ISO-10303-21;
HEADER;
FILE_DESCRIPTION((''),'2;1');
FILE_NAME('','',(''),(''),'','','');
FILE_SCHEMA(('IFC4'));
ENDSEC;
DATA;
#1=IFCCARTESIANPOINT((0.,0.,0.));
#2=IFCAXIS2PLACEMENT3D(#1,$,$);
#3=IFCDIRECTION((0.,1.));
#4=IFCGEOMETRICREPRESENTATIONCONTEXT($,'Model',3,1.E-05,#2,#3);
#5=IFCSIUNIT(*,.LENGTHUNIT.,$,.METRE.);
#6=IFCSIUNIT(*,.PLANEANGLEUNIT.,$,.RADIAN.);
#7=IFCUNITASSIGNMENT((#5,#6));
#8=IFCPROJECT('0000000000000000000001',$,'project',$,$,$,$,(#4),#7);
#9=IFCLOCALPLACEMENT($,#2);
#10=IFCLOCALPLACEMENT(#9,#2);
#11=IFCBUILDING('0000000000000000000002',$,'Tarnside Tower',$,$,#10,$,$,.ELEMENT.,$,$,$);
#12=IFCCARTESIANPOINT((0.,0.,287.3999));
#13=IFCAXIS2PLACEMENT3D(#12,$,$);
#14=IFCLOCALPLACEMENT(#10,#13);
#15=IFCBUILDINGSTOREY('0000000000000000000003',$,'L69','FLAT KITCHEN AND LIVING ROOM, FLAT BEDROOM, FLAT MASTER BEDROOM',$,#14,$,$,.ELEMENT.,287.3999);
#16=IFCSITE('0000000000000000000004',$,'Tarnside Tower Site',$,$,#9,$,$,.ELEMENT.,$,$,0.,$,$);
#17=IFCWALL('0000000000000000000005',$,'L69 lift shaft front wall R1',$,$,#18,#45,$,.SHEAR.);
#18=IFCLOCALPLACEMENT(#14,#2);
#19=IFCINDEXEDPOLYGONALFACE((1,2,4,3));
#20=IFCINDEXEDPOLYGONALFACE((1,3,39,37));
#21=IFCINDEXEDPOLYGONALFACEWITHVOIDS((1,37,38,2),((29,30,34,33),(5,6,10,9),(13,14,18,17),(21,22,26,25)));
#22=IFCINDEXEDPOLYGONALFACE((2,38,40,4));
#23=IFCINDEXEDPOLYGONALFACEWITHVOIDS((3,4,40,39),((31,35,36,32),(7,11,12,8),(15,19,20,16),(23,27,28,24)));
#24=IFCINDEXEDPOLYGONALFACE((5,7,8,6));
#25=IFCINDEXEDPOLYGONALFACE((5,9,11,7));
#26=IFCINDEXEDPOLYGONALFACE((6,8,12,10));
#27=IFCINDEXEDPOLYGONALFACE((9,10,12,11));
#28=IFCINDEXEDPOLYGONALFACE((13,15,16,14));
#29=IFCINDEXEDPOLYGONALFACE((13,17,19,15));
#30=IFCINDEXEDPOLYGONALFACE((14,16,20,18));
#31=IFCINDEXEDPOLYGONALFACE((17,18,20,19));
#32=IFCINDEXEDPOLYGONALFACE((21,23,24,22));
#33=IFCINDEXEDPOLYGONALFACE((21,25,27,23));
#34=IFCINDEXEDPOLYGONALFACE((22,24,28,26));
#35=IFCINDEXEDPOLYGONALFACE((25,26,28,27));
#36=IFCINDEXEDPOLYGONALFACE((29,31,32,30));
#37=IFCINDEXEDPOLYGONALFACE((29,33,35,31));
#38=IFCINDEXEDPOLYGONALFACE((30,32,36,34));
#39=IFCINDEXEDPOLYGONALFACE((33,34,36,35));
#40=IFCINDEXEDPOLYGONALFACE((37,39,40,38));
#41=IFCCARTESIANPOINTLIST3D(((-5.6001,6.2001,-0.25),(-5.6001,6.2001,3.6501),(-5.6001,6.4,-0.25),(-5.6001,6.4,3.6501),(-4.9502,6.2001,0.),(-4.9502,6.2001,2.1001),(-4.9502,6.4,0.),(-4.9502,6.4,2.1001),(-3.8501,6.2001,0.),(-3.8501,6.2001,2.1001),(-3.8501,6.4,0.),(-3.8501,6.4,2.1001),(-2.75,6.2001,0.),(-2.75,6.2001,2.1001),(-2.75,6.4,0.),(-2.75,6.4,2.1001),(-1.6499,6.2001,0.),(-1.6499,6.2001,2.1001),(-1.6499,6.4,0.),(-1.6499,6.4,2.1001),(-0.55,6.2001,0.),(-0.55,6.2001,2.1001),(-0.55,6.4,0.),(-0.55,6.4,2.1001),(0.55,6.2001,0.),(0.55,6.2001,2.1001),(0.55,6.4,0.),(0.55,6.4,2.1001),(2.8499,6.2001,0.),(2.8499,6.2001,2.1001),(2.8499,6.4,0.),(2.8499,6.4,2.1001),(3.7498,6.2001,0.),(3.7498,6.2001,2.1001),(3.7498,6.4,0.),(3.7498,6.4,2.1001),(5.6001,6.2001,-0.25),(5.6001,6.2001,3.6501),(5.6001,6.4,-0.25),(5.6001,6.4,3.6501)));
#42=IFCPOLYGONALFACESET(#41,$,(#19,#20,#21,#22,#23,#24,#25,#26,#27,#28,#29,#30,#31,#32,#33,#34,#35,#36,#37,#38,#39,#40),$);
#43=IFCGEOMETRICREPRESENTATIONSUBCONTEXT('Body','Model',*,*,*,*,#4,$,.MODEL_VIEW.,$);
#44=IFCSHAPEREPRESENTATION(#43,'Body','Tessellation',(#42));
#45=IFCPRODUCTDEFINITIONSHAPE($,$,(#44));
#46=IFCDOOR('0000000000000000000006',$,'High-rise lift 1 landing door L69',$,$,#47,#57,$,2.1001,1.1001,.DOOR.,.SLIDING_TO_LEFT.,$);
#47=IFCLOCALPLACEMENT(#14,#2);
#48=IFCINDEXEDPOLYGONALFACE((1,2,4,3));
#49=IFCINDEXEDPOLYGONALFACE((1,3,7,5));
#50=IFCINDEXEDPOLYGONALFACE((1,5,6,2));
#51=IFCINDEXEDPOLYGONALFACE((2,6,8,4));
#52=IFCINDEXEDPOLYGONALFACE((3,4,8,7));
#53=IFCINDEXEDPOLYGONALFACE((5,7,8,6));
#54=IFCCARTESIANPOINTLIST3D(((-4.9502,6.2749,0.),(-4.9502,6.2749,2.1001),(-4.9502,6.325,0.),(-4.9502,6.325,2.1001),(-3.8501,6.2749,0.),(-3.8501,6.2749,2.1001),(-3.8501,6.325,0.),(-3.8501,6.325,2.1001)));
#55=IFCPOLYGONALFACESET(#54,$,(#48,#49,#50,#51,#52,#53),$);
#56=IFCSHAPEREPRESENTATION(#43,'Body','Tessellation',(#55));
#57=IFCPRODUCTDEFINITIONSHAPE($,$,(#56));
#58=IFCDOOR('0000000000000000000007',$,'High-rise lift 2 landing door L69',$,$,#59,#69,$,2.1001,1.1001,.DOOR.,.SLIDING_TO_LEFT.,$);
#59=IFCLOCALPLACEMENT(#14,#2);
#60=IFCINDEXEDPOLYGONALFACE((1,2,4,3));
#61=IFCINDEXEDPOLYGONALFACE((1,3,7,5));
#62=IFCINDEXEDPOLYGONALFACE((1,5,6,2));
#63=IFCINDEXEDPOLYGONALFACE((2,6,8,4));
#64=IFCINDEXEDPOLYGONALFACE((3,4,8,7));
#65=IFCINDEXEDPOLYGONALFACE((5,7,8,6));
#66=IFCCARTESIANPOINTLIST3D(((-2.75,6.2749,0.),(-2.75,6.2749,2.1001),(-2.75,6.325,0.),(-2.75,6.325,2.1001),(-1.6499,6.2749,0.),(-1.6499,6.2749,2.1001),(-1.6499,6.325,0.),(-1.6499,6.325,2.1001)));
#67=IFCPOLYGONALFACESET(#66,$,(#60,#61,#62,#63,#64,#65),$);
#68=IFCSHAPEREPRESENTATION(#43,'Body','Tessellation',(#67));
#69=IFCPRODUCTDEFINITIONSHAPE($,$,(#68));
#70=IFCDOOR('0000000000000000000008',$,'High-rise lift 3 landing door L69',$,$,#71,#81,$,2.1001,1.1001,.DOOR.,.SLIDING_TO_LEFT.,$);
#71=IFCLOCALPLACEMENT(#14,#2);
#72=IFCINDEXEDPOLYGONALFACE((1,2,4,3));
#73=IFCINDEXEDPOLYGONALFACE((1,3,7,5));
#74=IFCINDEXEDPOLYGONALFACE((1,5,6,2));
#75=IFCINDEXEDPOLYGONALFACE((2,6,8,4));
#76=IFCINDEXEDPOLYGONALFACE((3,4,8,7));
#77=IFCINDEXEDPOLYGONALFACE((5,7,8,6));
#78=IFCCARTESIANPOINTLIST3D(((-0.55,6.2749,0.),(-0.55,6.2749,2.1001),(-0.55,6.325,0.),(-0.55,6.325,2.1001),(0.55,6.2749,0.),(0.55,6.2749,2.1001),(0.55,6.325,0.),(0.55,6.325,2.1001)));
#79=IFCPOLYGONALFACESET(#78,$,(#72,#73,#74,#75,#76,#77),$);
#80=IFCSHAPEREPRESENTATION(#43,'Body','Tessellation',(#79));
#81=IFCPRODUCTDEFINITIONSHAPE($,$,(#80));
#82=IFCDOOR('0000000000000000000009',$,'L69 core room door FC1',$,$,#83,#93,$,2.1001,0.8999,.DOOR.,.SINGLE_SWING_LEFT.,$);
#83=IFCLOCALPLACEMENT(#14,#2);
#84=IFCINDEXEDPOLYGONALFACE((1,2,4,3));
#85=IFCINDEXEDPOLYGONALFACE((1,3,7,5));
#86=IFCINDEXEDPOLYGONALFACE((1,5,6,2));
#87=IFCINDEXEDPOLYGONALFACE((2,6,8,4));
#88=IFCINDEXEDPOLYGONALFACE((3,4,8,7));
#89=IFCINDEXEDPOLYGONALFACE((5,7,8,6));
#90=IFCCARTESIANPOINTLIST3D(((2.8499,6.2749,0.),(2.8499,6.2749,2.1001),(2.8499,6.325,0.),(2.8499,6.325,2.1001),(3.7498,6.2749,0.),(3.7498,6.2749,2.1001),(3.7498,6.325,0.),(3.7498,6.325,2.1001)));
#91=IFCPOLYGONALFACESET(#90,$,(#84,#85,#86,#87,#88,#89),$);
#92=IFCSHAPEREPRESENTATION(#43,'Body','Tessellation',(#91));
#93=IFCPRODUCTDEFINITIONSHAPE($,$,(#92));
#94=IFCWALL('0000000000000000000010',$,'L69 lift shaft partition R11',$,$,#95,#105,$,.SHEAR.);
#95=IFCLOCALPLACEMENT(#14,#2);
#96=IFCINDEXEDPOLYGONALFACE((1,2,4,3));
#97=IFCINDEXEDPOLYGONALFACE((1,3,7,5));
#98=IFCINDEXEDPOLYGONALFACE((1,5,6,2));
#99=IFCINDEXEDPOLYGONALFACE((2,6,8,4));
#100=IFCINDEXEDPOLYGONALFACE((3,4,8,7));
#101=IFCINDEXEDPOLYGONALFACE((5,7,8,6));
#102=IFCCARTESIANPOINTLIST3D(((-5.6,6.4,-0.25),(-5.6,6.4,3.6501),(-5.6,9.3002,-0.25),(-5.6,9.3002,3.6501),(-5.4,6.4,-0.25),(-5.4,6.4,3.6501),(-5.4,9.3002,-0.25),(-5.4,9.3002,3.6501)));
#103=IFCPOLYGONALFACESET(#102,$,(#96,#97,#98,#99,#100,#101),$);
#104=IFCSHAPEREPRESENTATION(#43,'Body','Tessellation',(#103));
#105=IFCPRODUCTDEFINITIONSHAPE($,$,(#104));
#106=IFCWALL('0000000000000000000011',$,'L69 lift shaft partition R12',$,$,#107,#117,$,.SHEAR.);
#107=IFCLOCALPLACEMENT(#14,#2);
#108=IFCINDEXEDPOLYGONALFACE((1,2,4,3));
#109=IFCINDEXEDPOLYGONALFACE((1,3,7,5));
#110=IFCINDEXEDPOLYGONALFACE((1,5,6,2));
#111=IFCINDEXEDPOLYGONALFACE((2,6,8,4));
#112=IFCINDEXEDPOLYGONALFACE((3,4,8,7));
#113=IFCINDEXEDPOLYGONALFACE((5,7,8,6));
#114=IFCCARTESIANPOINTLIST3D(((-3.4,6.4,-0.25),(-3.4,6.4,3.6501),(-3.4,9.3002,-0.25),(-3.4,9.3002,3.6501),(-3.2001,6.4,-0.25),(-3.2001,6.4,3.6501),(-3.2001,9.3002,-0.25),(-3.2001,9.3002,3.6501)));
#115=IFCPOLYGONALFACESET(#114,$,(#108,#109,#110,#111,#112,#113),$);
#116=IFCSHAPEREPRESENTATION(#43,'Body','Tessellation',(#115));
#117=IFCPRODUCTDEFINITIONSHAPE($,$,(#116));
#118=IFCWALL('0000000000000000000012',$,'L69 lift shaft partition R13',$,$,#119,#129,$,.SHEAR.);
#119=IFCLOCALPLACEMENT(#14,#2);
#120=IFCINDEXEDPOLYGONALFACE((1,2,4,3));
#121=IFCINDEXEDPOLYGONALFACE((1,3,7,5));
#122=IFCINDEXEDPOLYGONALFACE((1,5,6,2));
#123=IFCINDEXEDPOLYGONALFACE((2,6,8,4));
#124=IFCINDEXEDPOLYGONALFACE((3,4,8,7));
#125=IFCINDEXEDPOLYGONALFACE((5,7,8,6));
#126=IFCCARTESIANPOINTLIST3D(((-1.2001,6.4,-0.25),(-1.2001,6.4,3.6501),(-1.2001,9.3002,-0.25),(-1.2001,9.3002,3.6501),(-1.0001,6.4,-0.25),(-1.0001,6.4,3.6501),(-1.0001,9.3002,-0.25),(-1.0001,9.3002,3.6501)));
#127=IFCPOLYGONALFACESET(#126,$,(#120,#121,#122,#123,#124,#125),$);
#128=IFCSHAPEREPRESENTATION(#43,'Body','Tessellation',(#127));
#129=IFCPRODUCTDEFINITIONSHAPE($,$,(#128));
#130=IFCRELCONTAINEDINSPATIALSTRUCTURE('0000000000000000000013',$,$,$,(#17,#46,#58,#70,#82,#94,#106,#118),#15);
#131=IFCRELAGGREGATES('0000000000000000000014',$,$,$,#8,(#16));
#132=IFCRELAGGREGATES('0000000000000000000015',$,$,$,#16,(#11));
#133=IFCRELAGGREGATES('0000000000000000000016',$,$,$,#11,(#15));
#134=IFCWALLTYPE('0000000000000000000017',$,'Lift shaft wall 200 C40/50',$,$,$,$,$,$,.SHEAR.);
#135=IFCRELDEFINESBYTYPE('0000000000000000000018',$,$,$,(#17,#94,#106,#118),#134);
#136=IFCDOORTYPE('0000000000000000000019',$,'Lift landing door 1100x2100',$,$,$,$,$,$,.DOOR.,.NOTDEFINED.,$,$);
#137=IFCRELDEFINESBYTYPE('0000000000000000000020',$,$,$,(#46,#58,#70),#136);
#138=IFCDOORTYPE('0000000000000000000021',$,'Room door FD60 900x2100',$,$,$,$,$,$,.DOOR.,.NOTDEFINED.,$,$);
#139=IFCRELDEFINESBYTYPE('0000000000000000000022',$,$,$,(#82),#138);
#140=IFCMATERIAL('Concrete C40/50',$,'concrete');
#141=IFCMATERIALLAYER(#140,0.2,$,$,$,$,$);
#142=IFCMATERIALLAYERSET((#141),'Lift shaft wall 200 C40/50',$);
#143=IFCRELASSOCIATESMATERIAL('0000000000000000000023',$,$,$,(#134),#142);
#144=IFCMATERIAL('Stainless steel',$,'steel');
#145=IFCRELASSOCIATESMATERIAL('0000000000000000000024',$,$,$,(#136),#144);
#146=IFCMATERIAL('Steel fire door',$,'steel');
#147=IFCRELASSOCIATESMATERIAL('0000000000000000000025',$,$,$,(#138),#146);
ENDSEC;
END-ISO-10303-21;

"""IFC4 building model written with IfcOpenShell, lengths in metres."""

from ifc_helpers import new_model, si_unit, direction, frame, frame_2d, origin, place, context, subcontext, project, spatial, rectangle, extrude, material, layer, layer_set, type_object, element, fill, save


model = new_model("IFC4")

# Units and contexts
model_context = context("Model", 3, precision=1e-05, world=origin(), true_north=direction((0.0, 1.0)))
body_context = subcontext(model_context, "Body", "Model", "MODEL_VIEW")
ifc_project = project(units=[si_unit("LENGTHUNIT", "METRE"), si_unit("PLANEANGLEUNIT", "RADIAN")], contexts=[model_context])

# Site, building, storey
site_placement = place(None, origin())
site = spatial("IfcSite", under=ifc_project, at=site_placement, Name="Tarnside Tower Site", CompositionType="ELEMENT", RefElevation=0.0)
building_placement = place(site_placement, origin())
building = spatial("IfcBuilding", under=site, at=building_placement, Name="Tarnside Tower", CompositionType="ELEMENT")
storey_placement = place(building_placement, frame((0.0, 0.0, 287.3999)))
storey = spatial("IfcBuildingStorey", under=building, at=storey_placement, Name="L69", Description="FLAT KITCHEN AND LIVING ROOM, FLAT BEDROOM, FLAT MASTER BEDROOM", CompositionType="ELEMENT", Elevation=287.3999)

# Wall, openings, doors
ifc_material_1 = material(Name="Concrete C40/50", Category="concrete")
ifc_layer_1 = layer(ifc_material_1, 0.2)
ifc_layer_set_1 = layer_set([ifc_layer_1], Name="Lift shaft wall 200 C40/50")
wall_type_1 = type_object("IfcWallType", Name="Lift shaft wall 200 C40/50", PredefinedType="SHEAR", material=ifc_layer_set_1)
wall_1_placement = place(storey_placement, frame((-5.6001, 6.3, -0.25), z_axis=(0.0, 0.0, 1.0), x_axis=(1.0, 0.0, 0.0)))
wall_1 = element("IfcWall", 1, at=wall_1_placement, inside=storey, type_object=wall_type_1, Name="L69 lift shaft front wall R1", PredefinedType="SHEAR", context=body_context, shape_type="SweptSolid", body=[
    extrude(rectangle(XDim=11.2002, YDim=0.2, at=frame_2d((5.6001, 0.0))), origin(), (0.0, 0.0, 1.0), 3.9001),
])
opening_1_placement = place(wall_1_placement, frame((8.45, 0.0, 0.25)))
opening_1 = element("IfcOpeningElement", 2, at=opening_1_placement, cuts=wall_1, PredefinedType="OPENING", context=body_context, shape_type="SweptSolid", body=[
    extrude(rectangle(XDim=0.8999, YDim=2.1001, at=frame_2d((0.45, 1.05))), frame((0.0, 0.1099, 0.0), z_axis=(0.0, -1.0, 0.0), x_axis=(1.0, 0.0, 0.0)), (0.0, 0.0, 1.0), 0.22),
])
opening_2_placement = place(wall_1_placement, frame((0.6499, 0.0, 0.25)))
opening_2 = element("IfcOpeningElement", 3, at=opening_2_placement, cuts=wall_1, PredefinedType="OPENING", context=body_context, shape_type="SweptSolid", body=[
    extrude(rectangle(XDim=1.1001, YDim=2.1001, at=frame_2d((0.55, 1.05))), frame((0.0, 0.1099, 0.0), z_axis=(0.0, -1.0, 0.0), x_axis=(1.0, 0.0, 0.0)), (0.0, 0.0, 1.0), 0.22),
])
opening_3_placement = place(wall_1_placement, frame((2.8501, 0.0, 0.25)))
opening_3 = element("IfcOpeningElement", 4, at=opening_3_placement, cuts=wall_1, PredefinedType="OPENING", context=body_context, shape_type="SweptSolid", body=[
    extrude(rectangle(XDim=1.1001, YDim=2.1001, at=frame_2d((0.55, 1.05))), frame((0.0, 0.1099, 0.0), z_axis=(0.0, -1.0, 0.0), x_axis=(1.0, 0.0, 0.0)), (0.0, 0.0, 1.0), 0.22),
])
opening_4_placement = place(wall_1_placement, frame((5.05, 0.0, 0.25)))
opening_4 = element("IfcOpeningElement", 5, at=opening_4_placement, cuts=wall_1, PredefinedType="OPENING", context=body_context, shape_type="SweptSolid", body=[
    extrude(rectangle(XDim=1.1001, YDim=2.1001, at=frame_2d((0.55, 1.05))), frame((0.0, 0.1099, 0.0), z_axis=(0.0, -1.0, 0.0), x_axis=(1.0, 0.0, 0.0)), (0.0, 0.0, 1.0), 0.22),
])
ifc_material_2 = material(Name="Stainless steel", Category="steel")
door_type_1 = type_object("IfcDoorType", Name="Lift landing door 1100x2100", OperationType="NOTDEFINED", PredefinedType="DOOR", material=ifc_material_2)
door_1_placement = place(opening_2_placement, origin())
door_1 = element("IfcDoor", 6, at=door_1_placement, inside=storey, type_object=door_type_1, Name="High-rise lift 1 landing door L69", OperationType="SLIDING_TO_LEFT", OverallHeight=2.1001, OverallWidth=1.1001, PredefinedType="DOOR", context=body_context, shape_type="SweptSolid", body=[
    extrude(rectangle(XDim=1.1001, YDim=2.1001, at=frame_2d((0.55, 1.05))), frame((0.0, 0.0249, 0.0), z_axis=(0.0, -1.0, 0.0), x_axis=(1.0, 0.0, 0.0)), (0.0, 0.0, 1.0), 0.05),
])
fill(opening_2, door_1)
door_2_placement = place(opening_3_placement, origin())
door_2 = element("IfcDoor", 7, at=door_2_placement, inside=storey, type_object=door_type_1, Name="High-rise lift 2 landing door L69", OperationType="SLIDING_TO_LEFT", OverallHeight=2.1001, OverallWidth=1.1001, PredefinedType="DOOR", context=body_context, shape_type="SweptSolid", body=[
    extrude(rectangle(XDim=1.1001, YDim=2.1001, at=frame_2d((0.55, 1.05))), frame((0.0, 0.0249, 0.0), z_axis=(0.0, -1.0, 0.0), x_axis=(1.0, 0.0, 0.0)), (0.0, 0.0, 1.0), 0.05),
])
fill(opening_3, door_2)
door_3_placement = place(opening_4_placement, origin())
door_3 = element("IfcDoor", 8, at=door_3_placement, inside=storey, type_object=door_type_1, Name="High-rise lift 3 landing door L69", OperationType="SLIDING_TO_LEFT", OverallHeight=2.1001, OverallWidth=1.1001, PredefinedType="DOOR", context=body_context, shape_type="SweptSolid", body=[
    extrude(rectangle(XDim=1.1001, YDim=2.1001, at=frame_2d((0.55, 1.05))), frame((0.0, 0.0249, 0.0), z_axis=(0.0, -1.0, 0.0), x_axis=(1.0, 0.0, 0.0)), (0.0, 0.0, 1.0), 0.05),
])
fill(opening_4, door_3)
ifc_material_3 = material(Name="Steel fire door", Category="steel")
door_type_2 = type_object("IfcDoorType", Name="Room door FD60 900x2100", OperationType="NOTDEFINED", PredefinedType="DOOR", material=ifc_material_3)
door_4_placement = place(opening_1_placement, origin())
door_4 = element("IfcDoor", 9, at=door_4_placement, inside=storey, type_object=door_type_2, Name="L69 core room door FC1", OperationType="SINGLE_SWING_LEFT", OverallHeight=2.1001, OverallWidth=0.8999, PredefinedType="DOOR", context=body_context, shape_type="SweptSolid", body=[
    extrude(rectangle(XDim=0.8999, YDim=2.1001, at=frame_2d((0.45, 1.05))), frame((0.0, 0.0249, 0.0), z_axis=(0.0, -1.0, 0.0), x_axis=(1.0, 0.0, 0.0)), (0.0, 0.0, 1.0), 0.05),
])
fill(opening_1, door_4)

# Walls
for number, where, z_axis, x_axis, name in (
    (10, (-5.5, 6.3999, -0.25), (0.0, 0.0, 1.0), (0.0, 1.0, 0.0), "L69 lift shaft partition R11"),
    (11, (-3.3, 6.3999, -0.25), (0.0, 0.0, 1.0), (0.0, 1.0, 0.0), "L69 lift shaft partition R12"),
    (12, (-1.1001, 6.3999, -0.25), (0.0, 0.0, 1.0), (0.0, 1.0, 0.0), "L69 lift shaft partition R13"),
):
    element("IfcWall", number, at=place(storey_placement, frame(where, z_axis=z_axis, x_axis=x_axis)), inside=storey, type_object=wall_type_1, Name=name, PredefinedType="SHEAR", context=body_context, shape_type="SweptSolid", body=[
        extrude(rectangle(XDim=2.9001, YDim=0.2, at=frame_2d((1.4502, 0.0))), origin(), (0.0, 0.0, 1.0), 3.9001),
    ])

save(model, "model.ifc")
